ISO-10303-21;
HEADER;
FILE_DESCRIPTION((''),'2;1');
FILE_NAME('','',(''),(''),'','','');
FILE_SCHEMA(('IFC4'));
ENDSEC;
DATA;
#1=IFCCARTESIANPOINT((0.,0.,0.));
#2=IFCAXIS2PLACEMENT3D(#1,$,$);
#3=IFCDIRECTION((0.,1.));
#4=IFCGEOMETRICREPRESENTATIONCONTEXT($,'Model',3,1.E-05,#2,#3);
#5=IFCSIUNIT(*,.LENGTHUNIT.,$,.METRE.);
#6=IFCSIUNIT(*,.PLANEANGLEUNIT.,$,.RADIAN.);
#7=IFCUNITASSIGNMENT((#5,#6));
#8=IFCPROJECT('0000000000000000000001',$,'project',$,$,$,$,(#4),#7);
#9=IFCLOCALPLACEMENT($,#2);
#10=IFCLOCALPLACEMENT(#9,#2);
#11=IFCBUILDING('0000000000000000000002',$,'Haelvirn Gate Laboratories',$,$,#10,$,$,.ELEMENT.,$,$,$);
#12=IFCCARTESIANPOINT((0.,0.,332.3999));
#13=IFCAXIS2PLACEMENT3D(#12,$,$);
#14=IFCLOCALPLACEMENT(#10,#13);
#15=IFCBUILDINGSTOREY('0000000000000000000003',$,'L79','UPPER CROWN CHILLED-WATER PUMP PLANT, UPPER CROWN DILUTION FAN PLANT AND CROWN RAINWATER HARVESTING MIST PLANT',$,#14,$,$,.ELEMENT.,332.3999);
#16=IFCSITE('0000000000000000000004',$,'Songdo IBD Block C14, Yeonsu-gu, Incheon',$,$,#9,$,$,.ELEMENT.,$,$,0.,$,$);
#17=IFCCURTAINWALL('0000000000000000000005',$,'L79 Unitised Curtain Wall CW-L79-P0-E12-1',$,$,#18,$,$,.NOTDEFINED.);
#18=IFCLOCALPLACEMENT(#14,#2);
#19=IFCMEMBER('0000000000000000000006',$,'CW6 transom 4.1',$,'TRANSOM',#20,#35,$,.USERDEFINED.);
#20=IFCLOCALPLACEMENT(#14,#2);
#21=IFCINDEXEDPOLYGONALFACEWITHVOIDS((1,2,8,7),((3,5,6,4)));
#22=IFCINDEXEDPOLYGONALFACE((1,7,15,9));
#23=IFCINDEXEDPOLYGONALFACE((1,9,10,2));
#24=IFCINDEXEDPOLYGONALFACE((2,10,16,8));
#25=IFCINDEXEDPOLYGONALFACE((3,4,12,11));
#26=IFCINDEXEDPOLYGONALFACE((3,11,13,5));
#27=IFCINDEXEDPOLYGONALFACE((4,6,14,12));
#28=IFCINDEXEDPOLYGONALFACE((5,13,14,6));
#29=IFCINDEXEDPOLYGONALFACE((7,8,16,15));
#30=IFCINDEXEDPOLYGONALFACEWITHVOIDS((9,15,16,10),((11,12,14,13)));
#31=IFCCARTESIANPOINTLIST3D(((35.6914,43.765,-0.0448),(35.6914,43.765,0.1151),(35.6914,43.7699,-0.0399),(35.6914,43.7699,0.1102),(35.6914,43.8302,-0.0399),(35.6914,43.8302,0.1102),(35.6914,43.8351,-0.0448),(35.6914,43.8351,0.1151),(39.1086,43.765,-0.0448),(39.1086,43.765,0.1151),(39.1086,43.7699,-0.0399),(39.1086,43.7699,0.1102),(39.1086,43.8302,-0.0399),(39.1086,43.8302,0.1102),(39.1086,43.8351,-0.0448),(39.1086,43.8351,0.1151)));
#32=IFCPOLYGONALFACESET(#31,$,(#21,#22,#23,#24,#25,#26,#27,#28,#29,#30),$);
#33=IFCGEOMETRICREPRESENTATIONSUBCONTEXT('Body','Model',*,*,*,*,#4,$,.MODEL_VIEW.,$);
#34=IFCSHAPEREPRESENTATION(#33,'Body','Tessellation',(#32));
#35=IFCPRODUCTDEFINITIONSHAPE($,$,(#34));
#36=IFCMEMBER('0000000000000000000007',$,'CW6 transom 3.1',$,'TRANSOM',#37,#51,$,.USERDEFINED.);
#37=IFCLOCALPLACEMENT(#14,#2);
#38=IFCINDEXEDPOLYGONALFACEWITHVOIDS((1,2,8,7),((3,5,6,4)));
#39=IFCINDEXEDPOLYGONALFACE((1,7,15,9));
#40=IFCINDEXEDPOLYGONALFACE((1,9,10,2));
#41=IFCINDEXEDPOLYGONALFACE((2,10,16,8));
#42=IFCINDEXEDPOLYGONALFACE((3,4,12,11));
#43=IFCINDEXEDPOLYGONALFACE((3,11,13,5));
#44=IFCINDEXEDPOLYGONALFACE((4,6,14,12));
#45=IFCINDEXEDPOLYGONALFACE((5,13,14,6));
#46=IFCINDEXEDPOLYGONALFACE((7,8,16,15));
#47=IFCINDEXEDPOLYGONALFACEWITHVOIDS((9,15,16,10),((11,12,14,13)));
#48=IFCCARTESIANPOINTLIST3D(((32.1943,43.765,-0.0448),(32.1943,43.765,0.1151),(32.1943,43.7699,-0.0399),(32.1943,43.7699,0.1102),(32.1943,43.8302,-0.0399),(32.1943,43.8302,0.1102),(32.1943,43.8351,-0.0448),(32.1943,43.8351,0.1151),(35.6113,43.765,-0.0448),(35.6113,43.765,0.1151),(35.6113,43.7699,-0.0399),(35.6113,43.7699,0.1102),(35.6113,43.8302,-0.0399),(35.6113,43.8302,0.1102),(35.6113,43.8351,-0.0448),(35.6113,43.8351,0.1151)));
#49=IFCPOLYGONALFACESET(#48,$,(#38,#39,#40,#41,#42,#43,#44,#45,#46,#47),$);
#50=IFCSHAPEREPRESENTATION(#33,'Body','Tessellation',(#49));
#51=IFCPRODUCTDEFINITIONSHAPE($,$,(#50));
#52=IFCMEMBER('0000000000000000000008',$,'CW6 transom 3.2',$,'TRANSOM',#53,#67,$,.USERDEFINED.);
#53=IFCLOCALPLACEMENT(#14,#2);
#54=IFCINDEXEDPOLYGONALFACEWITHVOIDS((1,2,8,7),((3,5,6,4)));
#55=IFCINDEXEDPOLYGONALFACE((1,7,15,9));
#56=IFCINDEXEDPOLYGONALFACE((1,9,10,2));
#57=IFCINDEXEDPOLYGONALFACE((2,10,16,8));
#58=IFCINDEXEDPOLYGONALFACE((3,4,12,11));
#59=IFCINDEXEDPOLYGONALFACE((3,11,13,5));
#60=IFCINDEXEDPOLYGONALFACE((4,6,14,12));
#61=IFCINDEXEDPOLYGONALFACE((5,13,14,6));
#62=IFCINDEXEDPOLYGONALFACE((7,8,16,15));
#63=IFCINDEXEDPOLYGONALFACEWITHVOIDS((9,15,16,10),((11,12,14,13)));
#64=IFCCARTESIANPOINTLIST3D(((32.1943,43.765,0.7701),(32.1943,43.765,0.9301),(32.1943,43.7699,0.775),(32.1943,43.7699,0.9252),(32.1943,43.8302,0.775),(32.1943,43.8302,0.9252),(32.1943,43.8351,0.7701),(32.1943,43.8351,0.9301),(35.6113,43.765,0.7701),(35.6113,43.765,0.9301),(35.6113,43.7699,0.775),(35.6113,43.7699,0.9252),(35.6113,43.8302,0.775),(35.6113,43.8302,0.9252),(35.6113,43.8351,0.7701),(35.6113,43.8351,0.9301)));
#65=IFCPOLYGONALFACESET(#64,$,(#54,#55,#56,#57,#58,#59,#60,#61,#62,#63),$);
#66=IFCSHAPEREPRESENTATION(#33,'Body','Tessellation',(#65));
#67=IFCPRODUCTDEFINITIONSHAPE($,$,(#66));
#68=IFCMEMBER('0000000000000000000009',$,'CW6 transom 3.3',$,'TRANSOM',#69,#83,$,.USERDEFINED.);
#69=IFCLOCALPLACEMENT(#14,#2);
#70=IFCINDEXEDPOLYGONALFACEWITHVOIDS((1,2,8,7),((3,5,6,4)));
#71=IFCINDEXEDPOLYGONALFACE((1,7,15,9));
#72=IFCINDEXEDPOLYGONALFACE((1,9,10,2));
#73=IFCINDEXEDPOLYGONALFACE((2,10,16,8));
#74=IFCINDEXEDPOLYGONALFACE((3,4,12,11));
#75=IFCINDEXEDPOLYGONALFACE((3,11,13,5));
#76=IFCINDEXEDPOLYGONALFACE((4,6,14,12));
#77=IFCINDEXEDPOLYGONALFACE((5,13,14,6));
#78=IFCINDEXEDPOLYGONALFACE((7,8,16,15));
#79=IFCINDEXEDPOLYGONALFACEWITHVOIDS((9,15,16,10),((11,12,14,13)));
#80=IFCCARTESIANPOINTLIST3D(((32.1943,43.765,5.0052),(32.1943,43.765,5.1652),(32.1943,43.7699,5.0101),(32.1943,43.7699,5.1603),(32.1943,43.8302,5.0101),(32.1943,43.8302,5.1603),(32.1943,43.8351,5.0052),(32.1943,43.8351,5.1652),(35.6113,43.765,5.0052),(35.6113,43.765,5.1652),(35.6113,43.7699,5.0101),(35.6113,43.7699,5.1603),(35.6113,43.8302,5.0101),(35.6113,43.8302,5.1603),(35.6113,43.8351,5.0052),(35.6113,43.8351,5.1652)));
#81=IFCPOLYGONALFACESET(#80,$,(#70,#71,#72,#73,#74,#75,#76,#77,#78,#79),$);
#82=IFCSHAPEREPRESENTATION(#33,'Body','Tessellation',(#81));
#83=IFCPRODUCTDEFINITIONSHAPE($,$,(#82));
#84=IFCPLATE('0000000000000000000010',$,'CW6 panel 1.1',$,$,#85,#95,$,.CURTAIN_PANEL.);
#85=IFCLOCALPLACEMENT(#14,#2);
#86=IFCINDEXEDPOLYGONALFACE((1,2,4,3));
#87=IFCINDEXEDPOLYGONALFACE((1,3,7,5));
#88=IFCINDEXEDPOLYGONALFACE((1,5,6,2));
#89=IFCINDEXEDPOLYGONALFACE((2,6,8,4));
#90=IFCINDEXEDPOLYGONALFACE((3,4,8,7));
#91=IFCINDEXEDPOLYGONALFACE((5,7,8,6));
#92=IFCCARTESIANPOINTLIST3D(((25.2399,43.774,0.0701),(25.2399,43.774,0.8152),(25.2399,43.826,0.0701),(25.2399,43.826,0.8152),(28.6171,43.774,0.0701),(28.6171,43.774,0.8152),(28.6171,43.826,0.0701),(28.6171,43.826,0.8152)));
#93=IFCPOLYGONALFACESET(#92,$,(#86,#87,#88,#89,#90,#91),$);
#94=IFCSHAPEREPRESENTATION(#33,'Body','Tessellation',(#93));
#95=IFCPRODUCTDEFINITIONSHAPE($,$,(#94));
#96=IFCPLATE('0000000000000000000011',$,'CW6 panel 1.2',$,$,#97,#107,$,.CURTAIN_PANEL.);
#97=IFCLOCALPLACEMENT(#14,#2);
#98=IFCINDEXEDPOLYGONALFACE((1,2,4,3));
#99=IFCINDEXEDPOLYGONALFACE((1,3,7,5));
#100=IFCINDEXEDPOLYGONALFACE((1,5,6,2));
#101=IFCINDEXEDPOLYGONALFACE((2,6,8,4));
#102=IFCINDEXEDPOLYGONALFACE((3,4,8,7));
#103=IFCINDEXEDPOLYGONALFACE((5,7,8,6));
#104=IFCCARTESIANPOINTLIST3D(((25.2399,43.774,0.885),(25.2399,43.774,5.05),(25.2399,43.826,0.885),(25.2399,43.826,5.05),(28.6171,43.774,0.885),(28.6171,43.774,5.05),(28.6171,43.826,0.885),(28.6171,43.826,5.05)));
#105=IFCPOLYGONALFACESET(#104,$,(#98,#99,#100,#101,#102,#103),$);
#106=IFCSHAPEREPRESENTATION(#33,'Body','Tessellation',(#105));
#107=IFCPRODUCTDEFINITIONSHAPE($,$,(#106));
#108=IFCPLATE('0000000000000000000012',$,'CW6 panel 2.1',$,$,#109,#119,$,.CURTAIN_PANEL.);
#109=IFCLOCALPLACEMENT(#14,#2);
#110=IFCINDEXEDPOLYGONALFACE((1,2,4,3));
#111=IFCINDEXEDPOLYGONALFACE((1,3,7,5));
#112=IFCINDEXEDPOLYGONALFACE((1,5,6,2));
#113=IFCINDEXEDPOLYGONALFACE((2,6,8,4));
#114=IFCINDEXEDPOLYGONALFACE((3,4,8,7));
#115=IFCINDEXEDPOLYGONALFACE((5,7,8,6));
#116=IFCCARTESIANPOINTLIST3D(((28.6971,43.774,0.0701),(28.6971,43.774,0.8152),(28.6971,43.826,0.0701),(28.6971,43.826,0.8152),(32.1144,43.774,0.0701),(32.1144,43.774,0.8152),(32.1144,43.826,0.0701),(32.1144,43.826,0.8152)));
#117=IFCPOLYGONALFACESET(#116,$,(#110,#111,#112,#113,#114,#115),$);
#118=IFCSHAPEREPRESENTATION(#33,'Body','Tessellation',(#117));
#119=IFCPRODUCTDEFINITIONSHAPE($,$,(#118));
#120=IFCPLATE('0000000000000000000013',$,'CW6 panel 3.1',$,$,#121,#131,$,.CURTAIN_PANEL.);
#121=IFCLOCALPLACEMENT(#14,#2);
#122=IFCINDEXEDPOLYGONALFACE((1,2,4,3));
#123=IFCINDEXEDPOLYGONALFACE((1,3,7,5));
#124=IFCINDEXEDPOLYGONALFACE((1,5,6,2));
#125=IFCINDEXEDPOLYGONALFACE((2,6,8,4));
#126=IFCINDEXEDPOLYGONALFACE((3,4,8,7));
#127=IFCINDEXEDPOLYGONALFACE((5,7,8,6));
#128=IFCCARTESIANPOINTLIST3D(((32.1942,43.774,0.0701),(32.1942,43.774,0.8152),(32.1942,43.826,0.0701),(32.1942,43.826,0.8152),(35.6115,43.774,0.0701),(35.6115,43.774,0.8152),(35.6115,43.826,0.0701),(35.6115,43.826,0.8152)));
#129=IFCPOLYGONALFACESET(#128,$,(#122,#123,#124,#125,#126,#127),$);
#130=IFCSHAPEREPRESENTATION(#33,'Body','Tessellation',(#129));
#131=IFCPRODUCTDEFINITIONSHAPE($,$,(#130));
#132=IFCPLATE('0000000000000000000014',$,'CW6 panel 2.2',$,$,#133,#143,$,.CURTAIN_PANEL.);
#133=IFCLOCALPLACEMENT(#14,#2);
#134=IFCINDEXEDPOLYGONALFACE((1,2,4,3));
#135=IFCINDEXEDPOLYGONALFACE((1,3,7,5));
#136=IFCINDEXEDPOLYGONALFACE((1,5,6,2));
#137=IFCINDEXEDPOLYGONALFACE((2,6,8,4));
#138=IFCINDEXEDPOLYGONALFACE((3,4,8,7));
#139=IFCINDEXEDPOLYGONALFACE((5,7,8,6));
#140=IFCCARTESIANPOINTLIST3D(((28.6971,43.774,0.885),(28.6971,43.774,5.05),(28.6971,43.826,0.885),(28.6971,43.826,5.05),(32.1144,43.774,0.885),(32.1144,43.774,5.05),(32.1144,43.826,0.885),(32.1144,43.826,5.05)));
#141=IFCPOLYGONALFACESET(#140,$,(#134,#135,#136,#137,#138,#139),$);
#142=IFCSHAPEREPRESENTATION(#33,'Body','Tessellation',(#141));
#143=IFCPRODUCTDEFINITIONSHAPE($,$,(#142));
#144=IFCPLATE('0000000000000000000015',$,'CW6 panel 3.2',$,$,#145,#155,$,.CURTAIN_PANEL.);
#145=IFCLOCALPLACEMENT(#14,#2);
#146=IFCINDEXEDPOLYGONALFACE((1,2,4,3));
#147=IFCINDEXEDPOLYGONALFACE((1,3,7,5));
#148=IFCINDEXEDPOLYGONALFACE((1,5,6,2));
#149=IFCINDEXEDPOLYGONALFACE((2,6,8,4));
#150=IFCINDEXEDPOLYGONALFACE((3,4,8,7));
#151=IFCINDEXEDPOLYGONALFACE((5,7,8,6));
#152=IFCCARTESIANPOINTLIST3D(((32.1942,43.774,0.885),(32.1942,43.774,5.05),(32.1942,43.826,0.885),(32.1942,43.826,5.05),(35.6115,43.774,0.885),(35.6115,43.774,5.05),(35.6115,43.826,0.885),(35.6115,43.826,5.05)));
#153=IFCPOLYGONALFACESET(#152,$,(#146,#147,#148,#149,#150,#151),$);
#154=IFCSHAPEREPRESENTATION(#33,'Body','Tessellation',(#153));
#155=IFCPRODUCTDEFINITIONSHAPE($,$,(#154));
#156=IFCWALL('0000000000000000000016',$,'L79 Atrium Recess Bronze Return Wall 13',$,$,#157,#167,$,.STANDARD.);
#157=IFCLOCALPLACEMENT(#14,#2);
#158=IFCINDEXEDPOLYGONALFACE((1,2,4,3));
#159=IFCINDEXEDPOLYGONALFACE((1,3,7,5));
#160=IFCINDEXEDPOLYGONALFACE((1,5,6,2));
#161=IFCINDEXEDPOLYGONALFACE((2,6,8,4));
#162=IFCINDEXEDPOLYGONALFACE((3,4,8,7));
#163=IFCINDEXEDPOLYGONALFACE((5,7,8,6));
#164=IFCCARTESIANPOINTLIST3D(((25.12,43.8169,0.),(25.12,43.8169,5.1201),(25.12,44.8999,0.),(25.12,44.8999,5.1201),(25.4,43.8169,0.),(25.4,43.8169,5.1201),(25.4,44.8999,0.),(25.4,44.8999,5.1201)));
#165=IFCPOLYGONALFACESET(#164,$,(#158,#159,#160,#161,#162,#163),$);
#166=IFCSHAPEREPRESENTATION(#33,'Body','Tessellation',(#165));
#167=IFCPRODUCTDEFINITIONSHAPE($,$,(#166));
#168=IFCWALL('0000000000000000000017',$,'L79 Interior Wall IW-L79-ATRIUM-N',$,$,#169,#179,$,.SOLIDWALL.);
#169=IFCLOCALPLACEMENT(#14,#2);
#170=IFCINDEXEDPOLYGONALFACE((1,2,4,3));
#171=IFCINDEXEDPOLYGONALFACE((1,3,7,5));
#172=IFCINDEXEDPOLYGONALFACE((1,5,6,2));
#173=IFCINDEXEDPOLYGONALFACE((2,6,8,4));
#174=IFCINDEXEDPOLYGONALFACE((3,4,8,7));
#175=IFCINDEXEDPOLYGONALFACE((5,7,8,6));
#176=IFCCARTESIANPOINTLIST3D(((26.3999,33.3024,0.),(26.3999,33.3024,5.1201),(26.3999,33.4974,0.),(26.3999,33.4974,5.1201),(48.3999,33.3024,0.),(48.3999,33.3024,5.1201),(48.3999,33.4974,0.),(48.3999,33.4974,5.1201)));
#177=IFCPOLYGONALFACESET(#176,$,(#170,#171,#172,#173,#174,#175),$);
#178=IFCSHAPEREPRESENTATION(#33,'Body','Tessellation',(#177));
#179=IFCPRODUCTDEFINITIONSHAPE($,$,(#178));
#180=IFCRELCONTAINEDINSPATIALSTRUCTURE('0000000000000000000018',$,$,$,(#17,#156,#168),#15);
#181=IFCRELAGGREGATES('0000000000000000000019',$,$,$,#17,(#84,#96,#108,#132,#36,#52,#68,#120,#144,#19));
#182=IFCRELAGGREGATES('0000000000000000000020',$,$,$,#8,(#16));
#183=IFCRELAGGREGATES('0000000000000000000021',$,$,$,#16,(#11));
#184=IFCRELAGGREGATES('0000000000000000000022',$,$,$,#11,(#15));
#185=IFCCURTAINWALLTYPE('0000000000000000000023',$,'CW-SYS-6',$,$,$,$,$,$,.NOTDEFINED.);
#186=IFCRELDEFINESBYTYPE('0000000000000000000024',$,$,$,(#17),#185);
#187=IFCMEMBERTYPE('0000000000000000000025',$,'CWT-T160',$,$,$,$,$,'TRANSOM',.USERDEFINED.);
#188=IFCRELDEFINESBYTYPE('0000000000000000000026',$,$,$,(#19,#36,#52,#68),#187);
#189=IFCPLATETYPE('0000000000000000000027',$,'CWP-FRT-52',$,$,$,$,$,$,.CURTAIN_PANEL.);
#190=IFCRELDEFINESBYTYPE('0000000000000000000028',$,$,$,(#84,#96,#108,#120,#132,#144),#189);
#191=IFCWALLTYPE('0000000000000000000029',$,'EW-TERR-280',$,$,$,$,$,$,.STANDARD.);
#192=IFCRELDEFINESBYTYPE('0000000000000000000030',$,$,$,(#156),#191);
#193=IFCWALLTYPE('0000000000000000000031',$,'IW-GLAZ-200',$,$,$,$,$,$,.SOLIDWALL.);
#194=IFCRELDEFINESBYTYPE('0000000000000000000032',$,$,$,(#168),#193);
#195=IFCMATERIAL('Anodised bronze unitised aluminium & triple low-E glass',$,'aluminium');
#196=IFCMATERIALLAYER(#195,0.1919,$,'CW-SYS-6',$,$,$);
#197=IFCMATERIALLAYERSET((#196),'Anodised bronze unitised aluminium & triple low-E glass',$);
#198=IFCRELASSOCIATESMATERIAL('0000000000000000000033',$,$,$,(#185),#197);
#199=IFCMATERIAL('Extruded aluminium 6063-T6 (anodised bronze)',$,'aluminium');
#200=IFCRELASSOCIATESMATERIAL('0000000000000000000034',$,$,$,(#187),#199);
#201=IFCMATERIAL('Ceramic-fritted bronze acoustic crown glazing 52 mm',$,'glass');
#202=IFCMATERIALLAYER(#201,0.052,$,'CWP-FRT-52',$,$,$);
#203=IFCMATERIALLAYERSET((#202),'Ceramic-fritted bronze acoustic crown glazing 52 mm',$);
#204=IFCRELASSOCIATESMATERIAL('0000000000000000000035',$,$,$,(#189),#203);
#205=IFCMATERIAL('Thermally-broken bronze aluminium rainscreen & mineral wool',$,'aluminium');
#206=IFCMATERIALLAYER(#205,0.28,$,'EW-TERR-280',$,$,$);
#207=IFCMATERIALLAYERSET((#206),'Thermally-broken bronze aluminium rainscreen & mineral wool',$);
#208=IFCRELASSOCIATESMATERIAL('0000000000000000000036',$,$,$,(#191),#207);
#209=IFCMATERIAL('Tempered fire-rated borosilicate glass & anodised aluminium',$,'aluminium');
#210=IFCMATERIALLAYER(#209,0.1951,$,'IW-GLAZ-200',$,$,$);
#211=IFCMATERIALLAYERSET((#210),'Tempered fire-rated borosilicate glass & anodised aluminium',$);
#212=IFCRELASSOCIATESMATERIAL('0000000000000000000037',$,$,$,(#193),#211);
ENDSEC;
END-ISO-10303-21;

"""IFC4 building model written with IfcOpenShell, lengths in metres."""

from ifc_helpers import new_model, si_unit, direction, frame, frame_2d, origin, origin_2d, place, context, subcontext, project, spatial, rectangle, hollow_rectangle, extrude, source, transform, mapped, material, layer, layer_set, material_profile, profile_set, type_object, type_shapes, element, aggregate, save


model = new_model("IFC4")

# Units and contexts
model_context = context("Model", 3, precision=1e-05, world=origin(), true_north=direction((0.0, 1.0)))
body_context = subcontext(model_context, "Body", "Model", "MODEL_VIEW")
ifc_project = project(units=[si_unit("LENGTHUNIT", "METRE"), si_unit("PLANEANGLEUNIT", "RADIAN")], contexts=[model_context])

# Site, building, storey
site_placement = place(None, origin())
site = spatial("IfcSite", under=ifc_project, at=site_placement, Name="Songdo IBD Block C14, Yeonsu-gu, Incheon", CompositionType="ELEMENT", RefElevation=0.0)
building_placement = place(site_placement, origin())
building = spatial("IfcBuilding", under=site, at=building_placement, Name="Haelvirn Gate Laboratories", CompositionType="ELEMENT")
storey_placement = place(building_placement, frame((0.0, 0.0, 332.3999)))
storey = spatial("IfcBuildingStorey", under=building, at=storey_placement, Name="L79", Description="UPPER CROWN CHILLED-WATER PUMP PLANT, UPPER CROWN DILUTION FAN PLANT AND CROWN RAINWATER HARVESTING MIST PLANT", CompositionType="ELEMENT", Elevation=332.3999)

# Curtain wall
ifc_material_1 = material(Name="Anodised bronze unitised aluminium & triple low-E glass", Category="aluminium")
ifc_layer_1 = layer(ifc_material_1, 0.1919, Name="CW-SYS-6")
ifc_layer_set_1 = layer_set([ifc_layer_1], Name="Anodised bronze unitised aluminium & triple low-E glass")
curtain_wall_type = type_object("IfcCurtainWallType", Name="CW-SYS-6", PredefinedType="NOTDEFINED", material=ifc_layer_set_1)
curtain_wall_1_placement = place(storey_placement, origin())
curtain_wall_1 = element("IfcCurtainWall", 1, at=curtain_wall_1_placement, inside=storey, type_object=curtain_wall_type, Name="L79 Unitised Curtain Wall CW-L79-P0-E12-1", PredefinedType="NOTDEFINED")
ifc_material_2 = material(Name="Extruded aluminium 6063-T6 (anodised bronze)", Category="aluminium")

# Members
ifc_material_profile_1 = material_profile(ifc_material_2, hollow_rectangle(XDim=0.0701, YDim=0.1599, WallThickness=0.0049, at=origin_2d()), Name="CWT-160x70x5")
ifc_profile_set_1 = profile_set([ifc_material_profile_1], Name="Extruded aluminium 6063-T6 (anodised bronze)")
member_type_1 = type_object("IfcMemberType", Name="CWT-T160", ElementType="TRANSOM", PredefinedType="USERDEFINED", material=ifc_profile_set_1)
shared_shape_1 = source(origin(), body_context, "Body", "SweptSolid", [
    extrude(hollow_rectangle(XDim=0.0701, YDim=0.1599, WallThickness=0.0049, at=origin_2d()), origin(), (0.0, 0.0, 1.0), 3.4172),
])
member_1_placement = place(storey_placement, frame((35.6914, 43.8, 0.0352), z_axis=(1.0, 0.0, 0.0), x_axis=(0.0, 1.0, 0.0)))
member_1 = element("IfcMember", 2, at=member_1_placement, type_object=member_type_1, Name="CW6 transom 4.1", ObjectType="TRANSOM", PredefinedType="USERDEFINED", context=body_context, shape_type="MappedRepresentation", body=[
    mapped(shared_shape_1, transform((0.0, 0.0, 0.0), scale=1.0)),
])
shared_shape_2 = source(origin(), body_context, "Body", "SweptSolid", [
    extrude(hollow_rectangle(XDim=0.0701, YDim=0.1599, WallThickness=0.0049, at=origin_2d()), origin(), (0.0, 0.0, 1.0), 3.417),
])
member_2_placement = place(storey_placement, frame((32.1943, 43.8, 0.0352), z_axis=(1.0, 0.0, 0.0), x_axis=(0.0, 1.0, 0.0)))
member_2 = element("IfcMember", 3, at=member_2_placement, type_object=member_type_1, Name="CW6 transom 3.1", ObjectType="TRANSOM", PredefinedType="USERDEFINED", context=body_context, shape_type="MappedRepresentation", body=[
    mapped(shared_shape_2, transform((0.0, 0.0, 0.0), scale=1.0)),
])
member_3_placement = place(storey_placement, frame((32.1943, 43.8, 0.8501), z_axis=(1.0, 0.0, 0.0), x_axis=(0.0, 1.0, 0.0)))
member_3 = element("IfcMember", 4, at=member_3_placement, type_object=member_type_1, Name="CW6 transom 3.2", ObjectType="TRANSOM", PredefinedType="USERDEFINED", context=body_context, shape_type="MappedRepresentation", body=[
    mapped(shared_shape_2, transform((0.0, 0.0, 0.0), scale=1.0)),
])
member_4_placement = place(storey_placement, frame((32.1943, 43.8, 5.0852), z_axis=(1.0, 0.0, 0.0), x_axis=(0.0, 1.0, 0.0)))
member_4 = element("IfcMember", 5, at=member_4_placement, type_object=member_type_1, Name="CW6 transom 3.3", ObjectType="TRANSOM", PredefinedType="USERDEFINED", context=body_context, shape_type="MappedRepresentation", body=[
    mapped(shared_shape_2, transform((0.0, 0.0, 0.0), scale=1.0)),
])

# Plates
ifc_material_3 = material(Name="Ceramic-fritted bronze acoustic crown glazing 52 mm", Category="glass")
ifc_layer_2 = layer(ifc_material_3, 0.052, Name="CWP-FRT-52")
ifc_layer_set_2 = layer_set([ifc_layer_2], Name="Ceramic-fritted bronze acoustic crown glazing 52 mm")
plate_type = type_object("IfcPlateType", Name="CWP-FRT-52", PredefinedType="CURTAIN_PANEL", material=ifc_layer_set_2)
shared_shape_3 = source(origin(), body_context, "Body", "SweptSolid", [
    extrude(rectangle(XDim=3.3772, YDim=0.052, at=origin_2d()), origin(), (0.0, 0.0, 1.0), 0.7451),
])
plate_1_placement = place(storey_placement, frame((26.9285, 43.8, 0.0701), z_axis=(0.0, 0.0, 1.0), x_axis=(1.0, 0.0, 0.0)))
plate_1 = element("IfcPlate", 6, at=plate_1_placement, type_object=plate_type, Name="CW6 panel 1.1", PredefinedType="CURTAIN_PANEL", context=body_context, shape_type="MappedRepresentation", body=[
    mapped(shared_shape_3, transform((0.0, 0.0, 0.0), scale=1.0)),
])
shared_shape_4 = source(origin(), body_context, "Body", "SweptSolid", [
    extrude(rectangle(XDim=3.3772, YDim=0.052, at=origin_2d()), origin(), (0.0, 0.0, 1.0), 4.165),
])
plate_2_placement = place(storey_placement, frame((26.9285, 43.8, 0.885), z_axis=(0.0, 0.0, 1.0), x_axis=(1.0, 0.0, 0.0)))
plate_2 = element("IfcPlate", 7, at=plate_2_placement, type_object=plate_type, Name="CW6 panel 1.2", PredefinedType="CURTAIN_PANEL", context=body_context, shape_type="MappedRepresentation", body=[
    mapped(shared_shape_4, transform((0.0, 0.0, 0.0), scale=1.0)),
])
shared_shape_5 = source(origin(), body_context, "Body", "SweptSolid", [
    extrude(rectangle(XDim=3.4172, YDim=0.052, at=origin_2d()), origin(), (0.0, 0.0, 1.0), 0.7451),
])
plate_3_placement = place(storey_placement, frame((30.4058, 43.8, 0.0701), z_axis=(0.0, 0.0, 1.0), x_axis=(1.0, 0.0, 0.0)))
plate_3 = element("IfcPlate", 8, at=plate_3_placement, type_object=plate_type, Name="CW6 panel 2.1", PredefinedType="CURTAIN_PANEL", context=body_context, shape_type="MappedRepresentation", body=[
    mapped(shared_shape_5, transform((0.0, 0.0, 0.0), scale=1.0)),
])
plate_4_placement = place(storey_placement, frame((33.9028, 43.8, 0.0701), z_axis=(0.0, 0.0, 1.0), x_axis=(1.0, 0.0, 0.0)))
plate_4 = element("IfcPlate", 9, at=plate_4_placement, type_object=plate_type, Name="CW6 panel 3.1", PredefinedType="CURTAIN_PANEL", context=body_context, shape_type="MappedRepresentation", body=[
    mapped(shared_shape_5, transform((0.0, 0.0, 0.0), scale=1.0)),
])
shared_shape_6 = source(origin(), body_context, "Body", "SweptSolid", [
    extrude(rectangle(XDim=3.4172, YDim=0.052, at=origin_2d()), origin(), (0.0, 0.0, 1.0), 4.165),
])
type_shapes(plate_type, [shared_shape_3, shared_shape_4, shared_shape_5, shared_shape_6])
plate_5_placement = place(storey_placement, frame((30.4058, 43.8, 0.885), z_axis=(0.0, 0.0, 1.0), x_axis=(1.0, 0.0, 0.0)))
plate_5 = element("IfcPlate", 10, at=plate_5_placement, type_object=plate_type, Name="CW6 panel 2.2", PredefinedType="CURTAIN_PANEL", context=body_context, shape_type="MappedRepresentation", body=[
    mapped(shared_shape_6, transform((0.0, 0.0, 0.0), scale=1.0)),
])
plate_6_placement = place(storey_placement, frame((33.9028, 43.8, 0.885), z_axis=(0.0, 0.0, 1.0), x_axis=(1.0, 0.0, 0.0)))
plate_6 = element("IfcPlate", 11, at=plate_6_placement, type_object=plate_type, Name="CW6 panel 3.2", PredefinedType="CURTAIN_PANEL", context=body_context, shape_type="MappedRepresentation", body=[
    mapped(shared_shape_6, transform((0.0, 0.0, 0.0), scale=1.0)),
])
aggregate(curtain_wall_1, [plate_1, plate_2, plate_3, plate_5, member_2, member_3, member_4, plate_4, plate_6, member_1])

# Walls
ifc_material_4 = material(Name="Thermally-broken bronze aluminium rainscreen & mineral wool", Category="aluminium")
ifc_layer_3 = layer(ifc_material_4, 0.28, Name="EW-TERR-280")
ifc_layer_set_3 = layer_set([ifc_layer_3], Name="Thermally-broken bronze aluminium rainscreen & mineral wool")
wall_type_1 = type_object("IfcWallType", Name="EW-TERR-280", PredefinedType="STANDARD", material=ifc_layer_set_3)
wall_1_placement = place(storey_placement, frame((25.26, 43.8169, 0.0), z_axis=(0.0, 0.0, 1.0), x_axis=(0.0, 1.0, 0.0)))
element("IfcWall", 12, at=wall_1_placement, inside=storey, type_object=wall_type_1, Name="L79 Atrium Recess Bronze Return Wall 13", PredefinedType="STANDARD", context=body_context, shape_type="SweptSolid", body=[
    extrude(rectangle(XDim=1.083, YDim=0.28, at=frame_2d((0.5415, 0.0))), origin(), (0.0, 0.0, 1.0), 5.1201),
])
ifc_material_5 = material(Name="Tempered fire-rated borosilicate glass & anodised aluminium", Category="aluminium")
ifc_layer_4 = layer(ifc_material_5, 0.1951, Name="IW-GLAZ-200")
ifc_layer_set_4 = layer_set([ifc_layer_4], Name="Tempered fire-rated borosilicate glass & anodised aluminium")
wall_type_2 = type_object("IfcWallType", Name="IW-GLAZ-200", PredefinedType="SOLIDWALL", material=ifc_layer_set_4)
wall_2_placement = place(storey_placement, frame((26.3999, 33.3999, 0.0), z_axis=(0.0, 0.0, 1.0), x_axis=(1.0, 0.0, 0.0)))
element("IfcWall", 13, at=wall_2_placement, inside=storey, type_object=wall_type_2, Name="L79 Interior Wall IW-L79-ATRIUM-N", PredefinedType="SOLIDWALL", context=body_context, shape_type="SweptSolid", body=[
    extrude(rectangle(XDim=22.0, YDim=0.1951, at=frame_2d((11.0, 0.0))), origin(), (0.0, 0.0, 1.0), 5.1201),
])

save(model, "model.ifc")
